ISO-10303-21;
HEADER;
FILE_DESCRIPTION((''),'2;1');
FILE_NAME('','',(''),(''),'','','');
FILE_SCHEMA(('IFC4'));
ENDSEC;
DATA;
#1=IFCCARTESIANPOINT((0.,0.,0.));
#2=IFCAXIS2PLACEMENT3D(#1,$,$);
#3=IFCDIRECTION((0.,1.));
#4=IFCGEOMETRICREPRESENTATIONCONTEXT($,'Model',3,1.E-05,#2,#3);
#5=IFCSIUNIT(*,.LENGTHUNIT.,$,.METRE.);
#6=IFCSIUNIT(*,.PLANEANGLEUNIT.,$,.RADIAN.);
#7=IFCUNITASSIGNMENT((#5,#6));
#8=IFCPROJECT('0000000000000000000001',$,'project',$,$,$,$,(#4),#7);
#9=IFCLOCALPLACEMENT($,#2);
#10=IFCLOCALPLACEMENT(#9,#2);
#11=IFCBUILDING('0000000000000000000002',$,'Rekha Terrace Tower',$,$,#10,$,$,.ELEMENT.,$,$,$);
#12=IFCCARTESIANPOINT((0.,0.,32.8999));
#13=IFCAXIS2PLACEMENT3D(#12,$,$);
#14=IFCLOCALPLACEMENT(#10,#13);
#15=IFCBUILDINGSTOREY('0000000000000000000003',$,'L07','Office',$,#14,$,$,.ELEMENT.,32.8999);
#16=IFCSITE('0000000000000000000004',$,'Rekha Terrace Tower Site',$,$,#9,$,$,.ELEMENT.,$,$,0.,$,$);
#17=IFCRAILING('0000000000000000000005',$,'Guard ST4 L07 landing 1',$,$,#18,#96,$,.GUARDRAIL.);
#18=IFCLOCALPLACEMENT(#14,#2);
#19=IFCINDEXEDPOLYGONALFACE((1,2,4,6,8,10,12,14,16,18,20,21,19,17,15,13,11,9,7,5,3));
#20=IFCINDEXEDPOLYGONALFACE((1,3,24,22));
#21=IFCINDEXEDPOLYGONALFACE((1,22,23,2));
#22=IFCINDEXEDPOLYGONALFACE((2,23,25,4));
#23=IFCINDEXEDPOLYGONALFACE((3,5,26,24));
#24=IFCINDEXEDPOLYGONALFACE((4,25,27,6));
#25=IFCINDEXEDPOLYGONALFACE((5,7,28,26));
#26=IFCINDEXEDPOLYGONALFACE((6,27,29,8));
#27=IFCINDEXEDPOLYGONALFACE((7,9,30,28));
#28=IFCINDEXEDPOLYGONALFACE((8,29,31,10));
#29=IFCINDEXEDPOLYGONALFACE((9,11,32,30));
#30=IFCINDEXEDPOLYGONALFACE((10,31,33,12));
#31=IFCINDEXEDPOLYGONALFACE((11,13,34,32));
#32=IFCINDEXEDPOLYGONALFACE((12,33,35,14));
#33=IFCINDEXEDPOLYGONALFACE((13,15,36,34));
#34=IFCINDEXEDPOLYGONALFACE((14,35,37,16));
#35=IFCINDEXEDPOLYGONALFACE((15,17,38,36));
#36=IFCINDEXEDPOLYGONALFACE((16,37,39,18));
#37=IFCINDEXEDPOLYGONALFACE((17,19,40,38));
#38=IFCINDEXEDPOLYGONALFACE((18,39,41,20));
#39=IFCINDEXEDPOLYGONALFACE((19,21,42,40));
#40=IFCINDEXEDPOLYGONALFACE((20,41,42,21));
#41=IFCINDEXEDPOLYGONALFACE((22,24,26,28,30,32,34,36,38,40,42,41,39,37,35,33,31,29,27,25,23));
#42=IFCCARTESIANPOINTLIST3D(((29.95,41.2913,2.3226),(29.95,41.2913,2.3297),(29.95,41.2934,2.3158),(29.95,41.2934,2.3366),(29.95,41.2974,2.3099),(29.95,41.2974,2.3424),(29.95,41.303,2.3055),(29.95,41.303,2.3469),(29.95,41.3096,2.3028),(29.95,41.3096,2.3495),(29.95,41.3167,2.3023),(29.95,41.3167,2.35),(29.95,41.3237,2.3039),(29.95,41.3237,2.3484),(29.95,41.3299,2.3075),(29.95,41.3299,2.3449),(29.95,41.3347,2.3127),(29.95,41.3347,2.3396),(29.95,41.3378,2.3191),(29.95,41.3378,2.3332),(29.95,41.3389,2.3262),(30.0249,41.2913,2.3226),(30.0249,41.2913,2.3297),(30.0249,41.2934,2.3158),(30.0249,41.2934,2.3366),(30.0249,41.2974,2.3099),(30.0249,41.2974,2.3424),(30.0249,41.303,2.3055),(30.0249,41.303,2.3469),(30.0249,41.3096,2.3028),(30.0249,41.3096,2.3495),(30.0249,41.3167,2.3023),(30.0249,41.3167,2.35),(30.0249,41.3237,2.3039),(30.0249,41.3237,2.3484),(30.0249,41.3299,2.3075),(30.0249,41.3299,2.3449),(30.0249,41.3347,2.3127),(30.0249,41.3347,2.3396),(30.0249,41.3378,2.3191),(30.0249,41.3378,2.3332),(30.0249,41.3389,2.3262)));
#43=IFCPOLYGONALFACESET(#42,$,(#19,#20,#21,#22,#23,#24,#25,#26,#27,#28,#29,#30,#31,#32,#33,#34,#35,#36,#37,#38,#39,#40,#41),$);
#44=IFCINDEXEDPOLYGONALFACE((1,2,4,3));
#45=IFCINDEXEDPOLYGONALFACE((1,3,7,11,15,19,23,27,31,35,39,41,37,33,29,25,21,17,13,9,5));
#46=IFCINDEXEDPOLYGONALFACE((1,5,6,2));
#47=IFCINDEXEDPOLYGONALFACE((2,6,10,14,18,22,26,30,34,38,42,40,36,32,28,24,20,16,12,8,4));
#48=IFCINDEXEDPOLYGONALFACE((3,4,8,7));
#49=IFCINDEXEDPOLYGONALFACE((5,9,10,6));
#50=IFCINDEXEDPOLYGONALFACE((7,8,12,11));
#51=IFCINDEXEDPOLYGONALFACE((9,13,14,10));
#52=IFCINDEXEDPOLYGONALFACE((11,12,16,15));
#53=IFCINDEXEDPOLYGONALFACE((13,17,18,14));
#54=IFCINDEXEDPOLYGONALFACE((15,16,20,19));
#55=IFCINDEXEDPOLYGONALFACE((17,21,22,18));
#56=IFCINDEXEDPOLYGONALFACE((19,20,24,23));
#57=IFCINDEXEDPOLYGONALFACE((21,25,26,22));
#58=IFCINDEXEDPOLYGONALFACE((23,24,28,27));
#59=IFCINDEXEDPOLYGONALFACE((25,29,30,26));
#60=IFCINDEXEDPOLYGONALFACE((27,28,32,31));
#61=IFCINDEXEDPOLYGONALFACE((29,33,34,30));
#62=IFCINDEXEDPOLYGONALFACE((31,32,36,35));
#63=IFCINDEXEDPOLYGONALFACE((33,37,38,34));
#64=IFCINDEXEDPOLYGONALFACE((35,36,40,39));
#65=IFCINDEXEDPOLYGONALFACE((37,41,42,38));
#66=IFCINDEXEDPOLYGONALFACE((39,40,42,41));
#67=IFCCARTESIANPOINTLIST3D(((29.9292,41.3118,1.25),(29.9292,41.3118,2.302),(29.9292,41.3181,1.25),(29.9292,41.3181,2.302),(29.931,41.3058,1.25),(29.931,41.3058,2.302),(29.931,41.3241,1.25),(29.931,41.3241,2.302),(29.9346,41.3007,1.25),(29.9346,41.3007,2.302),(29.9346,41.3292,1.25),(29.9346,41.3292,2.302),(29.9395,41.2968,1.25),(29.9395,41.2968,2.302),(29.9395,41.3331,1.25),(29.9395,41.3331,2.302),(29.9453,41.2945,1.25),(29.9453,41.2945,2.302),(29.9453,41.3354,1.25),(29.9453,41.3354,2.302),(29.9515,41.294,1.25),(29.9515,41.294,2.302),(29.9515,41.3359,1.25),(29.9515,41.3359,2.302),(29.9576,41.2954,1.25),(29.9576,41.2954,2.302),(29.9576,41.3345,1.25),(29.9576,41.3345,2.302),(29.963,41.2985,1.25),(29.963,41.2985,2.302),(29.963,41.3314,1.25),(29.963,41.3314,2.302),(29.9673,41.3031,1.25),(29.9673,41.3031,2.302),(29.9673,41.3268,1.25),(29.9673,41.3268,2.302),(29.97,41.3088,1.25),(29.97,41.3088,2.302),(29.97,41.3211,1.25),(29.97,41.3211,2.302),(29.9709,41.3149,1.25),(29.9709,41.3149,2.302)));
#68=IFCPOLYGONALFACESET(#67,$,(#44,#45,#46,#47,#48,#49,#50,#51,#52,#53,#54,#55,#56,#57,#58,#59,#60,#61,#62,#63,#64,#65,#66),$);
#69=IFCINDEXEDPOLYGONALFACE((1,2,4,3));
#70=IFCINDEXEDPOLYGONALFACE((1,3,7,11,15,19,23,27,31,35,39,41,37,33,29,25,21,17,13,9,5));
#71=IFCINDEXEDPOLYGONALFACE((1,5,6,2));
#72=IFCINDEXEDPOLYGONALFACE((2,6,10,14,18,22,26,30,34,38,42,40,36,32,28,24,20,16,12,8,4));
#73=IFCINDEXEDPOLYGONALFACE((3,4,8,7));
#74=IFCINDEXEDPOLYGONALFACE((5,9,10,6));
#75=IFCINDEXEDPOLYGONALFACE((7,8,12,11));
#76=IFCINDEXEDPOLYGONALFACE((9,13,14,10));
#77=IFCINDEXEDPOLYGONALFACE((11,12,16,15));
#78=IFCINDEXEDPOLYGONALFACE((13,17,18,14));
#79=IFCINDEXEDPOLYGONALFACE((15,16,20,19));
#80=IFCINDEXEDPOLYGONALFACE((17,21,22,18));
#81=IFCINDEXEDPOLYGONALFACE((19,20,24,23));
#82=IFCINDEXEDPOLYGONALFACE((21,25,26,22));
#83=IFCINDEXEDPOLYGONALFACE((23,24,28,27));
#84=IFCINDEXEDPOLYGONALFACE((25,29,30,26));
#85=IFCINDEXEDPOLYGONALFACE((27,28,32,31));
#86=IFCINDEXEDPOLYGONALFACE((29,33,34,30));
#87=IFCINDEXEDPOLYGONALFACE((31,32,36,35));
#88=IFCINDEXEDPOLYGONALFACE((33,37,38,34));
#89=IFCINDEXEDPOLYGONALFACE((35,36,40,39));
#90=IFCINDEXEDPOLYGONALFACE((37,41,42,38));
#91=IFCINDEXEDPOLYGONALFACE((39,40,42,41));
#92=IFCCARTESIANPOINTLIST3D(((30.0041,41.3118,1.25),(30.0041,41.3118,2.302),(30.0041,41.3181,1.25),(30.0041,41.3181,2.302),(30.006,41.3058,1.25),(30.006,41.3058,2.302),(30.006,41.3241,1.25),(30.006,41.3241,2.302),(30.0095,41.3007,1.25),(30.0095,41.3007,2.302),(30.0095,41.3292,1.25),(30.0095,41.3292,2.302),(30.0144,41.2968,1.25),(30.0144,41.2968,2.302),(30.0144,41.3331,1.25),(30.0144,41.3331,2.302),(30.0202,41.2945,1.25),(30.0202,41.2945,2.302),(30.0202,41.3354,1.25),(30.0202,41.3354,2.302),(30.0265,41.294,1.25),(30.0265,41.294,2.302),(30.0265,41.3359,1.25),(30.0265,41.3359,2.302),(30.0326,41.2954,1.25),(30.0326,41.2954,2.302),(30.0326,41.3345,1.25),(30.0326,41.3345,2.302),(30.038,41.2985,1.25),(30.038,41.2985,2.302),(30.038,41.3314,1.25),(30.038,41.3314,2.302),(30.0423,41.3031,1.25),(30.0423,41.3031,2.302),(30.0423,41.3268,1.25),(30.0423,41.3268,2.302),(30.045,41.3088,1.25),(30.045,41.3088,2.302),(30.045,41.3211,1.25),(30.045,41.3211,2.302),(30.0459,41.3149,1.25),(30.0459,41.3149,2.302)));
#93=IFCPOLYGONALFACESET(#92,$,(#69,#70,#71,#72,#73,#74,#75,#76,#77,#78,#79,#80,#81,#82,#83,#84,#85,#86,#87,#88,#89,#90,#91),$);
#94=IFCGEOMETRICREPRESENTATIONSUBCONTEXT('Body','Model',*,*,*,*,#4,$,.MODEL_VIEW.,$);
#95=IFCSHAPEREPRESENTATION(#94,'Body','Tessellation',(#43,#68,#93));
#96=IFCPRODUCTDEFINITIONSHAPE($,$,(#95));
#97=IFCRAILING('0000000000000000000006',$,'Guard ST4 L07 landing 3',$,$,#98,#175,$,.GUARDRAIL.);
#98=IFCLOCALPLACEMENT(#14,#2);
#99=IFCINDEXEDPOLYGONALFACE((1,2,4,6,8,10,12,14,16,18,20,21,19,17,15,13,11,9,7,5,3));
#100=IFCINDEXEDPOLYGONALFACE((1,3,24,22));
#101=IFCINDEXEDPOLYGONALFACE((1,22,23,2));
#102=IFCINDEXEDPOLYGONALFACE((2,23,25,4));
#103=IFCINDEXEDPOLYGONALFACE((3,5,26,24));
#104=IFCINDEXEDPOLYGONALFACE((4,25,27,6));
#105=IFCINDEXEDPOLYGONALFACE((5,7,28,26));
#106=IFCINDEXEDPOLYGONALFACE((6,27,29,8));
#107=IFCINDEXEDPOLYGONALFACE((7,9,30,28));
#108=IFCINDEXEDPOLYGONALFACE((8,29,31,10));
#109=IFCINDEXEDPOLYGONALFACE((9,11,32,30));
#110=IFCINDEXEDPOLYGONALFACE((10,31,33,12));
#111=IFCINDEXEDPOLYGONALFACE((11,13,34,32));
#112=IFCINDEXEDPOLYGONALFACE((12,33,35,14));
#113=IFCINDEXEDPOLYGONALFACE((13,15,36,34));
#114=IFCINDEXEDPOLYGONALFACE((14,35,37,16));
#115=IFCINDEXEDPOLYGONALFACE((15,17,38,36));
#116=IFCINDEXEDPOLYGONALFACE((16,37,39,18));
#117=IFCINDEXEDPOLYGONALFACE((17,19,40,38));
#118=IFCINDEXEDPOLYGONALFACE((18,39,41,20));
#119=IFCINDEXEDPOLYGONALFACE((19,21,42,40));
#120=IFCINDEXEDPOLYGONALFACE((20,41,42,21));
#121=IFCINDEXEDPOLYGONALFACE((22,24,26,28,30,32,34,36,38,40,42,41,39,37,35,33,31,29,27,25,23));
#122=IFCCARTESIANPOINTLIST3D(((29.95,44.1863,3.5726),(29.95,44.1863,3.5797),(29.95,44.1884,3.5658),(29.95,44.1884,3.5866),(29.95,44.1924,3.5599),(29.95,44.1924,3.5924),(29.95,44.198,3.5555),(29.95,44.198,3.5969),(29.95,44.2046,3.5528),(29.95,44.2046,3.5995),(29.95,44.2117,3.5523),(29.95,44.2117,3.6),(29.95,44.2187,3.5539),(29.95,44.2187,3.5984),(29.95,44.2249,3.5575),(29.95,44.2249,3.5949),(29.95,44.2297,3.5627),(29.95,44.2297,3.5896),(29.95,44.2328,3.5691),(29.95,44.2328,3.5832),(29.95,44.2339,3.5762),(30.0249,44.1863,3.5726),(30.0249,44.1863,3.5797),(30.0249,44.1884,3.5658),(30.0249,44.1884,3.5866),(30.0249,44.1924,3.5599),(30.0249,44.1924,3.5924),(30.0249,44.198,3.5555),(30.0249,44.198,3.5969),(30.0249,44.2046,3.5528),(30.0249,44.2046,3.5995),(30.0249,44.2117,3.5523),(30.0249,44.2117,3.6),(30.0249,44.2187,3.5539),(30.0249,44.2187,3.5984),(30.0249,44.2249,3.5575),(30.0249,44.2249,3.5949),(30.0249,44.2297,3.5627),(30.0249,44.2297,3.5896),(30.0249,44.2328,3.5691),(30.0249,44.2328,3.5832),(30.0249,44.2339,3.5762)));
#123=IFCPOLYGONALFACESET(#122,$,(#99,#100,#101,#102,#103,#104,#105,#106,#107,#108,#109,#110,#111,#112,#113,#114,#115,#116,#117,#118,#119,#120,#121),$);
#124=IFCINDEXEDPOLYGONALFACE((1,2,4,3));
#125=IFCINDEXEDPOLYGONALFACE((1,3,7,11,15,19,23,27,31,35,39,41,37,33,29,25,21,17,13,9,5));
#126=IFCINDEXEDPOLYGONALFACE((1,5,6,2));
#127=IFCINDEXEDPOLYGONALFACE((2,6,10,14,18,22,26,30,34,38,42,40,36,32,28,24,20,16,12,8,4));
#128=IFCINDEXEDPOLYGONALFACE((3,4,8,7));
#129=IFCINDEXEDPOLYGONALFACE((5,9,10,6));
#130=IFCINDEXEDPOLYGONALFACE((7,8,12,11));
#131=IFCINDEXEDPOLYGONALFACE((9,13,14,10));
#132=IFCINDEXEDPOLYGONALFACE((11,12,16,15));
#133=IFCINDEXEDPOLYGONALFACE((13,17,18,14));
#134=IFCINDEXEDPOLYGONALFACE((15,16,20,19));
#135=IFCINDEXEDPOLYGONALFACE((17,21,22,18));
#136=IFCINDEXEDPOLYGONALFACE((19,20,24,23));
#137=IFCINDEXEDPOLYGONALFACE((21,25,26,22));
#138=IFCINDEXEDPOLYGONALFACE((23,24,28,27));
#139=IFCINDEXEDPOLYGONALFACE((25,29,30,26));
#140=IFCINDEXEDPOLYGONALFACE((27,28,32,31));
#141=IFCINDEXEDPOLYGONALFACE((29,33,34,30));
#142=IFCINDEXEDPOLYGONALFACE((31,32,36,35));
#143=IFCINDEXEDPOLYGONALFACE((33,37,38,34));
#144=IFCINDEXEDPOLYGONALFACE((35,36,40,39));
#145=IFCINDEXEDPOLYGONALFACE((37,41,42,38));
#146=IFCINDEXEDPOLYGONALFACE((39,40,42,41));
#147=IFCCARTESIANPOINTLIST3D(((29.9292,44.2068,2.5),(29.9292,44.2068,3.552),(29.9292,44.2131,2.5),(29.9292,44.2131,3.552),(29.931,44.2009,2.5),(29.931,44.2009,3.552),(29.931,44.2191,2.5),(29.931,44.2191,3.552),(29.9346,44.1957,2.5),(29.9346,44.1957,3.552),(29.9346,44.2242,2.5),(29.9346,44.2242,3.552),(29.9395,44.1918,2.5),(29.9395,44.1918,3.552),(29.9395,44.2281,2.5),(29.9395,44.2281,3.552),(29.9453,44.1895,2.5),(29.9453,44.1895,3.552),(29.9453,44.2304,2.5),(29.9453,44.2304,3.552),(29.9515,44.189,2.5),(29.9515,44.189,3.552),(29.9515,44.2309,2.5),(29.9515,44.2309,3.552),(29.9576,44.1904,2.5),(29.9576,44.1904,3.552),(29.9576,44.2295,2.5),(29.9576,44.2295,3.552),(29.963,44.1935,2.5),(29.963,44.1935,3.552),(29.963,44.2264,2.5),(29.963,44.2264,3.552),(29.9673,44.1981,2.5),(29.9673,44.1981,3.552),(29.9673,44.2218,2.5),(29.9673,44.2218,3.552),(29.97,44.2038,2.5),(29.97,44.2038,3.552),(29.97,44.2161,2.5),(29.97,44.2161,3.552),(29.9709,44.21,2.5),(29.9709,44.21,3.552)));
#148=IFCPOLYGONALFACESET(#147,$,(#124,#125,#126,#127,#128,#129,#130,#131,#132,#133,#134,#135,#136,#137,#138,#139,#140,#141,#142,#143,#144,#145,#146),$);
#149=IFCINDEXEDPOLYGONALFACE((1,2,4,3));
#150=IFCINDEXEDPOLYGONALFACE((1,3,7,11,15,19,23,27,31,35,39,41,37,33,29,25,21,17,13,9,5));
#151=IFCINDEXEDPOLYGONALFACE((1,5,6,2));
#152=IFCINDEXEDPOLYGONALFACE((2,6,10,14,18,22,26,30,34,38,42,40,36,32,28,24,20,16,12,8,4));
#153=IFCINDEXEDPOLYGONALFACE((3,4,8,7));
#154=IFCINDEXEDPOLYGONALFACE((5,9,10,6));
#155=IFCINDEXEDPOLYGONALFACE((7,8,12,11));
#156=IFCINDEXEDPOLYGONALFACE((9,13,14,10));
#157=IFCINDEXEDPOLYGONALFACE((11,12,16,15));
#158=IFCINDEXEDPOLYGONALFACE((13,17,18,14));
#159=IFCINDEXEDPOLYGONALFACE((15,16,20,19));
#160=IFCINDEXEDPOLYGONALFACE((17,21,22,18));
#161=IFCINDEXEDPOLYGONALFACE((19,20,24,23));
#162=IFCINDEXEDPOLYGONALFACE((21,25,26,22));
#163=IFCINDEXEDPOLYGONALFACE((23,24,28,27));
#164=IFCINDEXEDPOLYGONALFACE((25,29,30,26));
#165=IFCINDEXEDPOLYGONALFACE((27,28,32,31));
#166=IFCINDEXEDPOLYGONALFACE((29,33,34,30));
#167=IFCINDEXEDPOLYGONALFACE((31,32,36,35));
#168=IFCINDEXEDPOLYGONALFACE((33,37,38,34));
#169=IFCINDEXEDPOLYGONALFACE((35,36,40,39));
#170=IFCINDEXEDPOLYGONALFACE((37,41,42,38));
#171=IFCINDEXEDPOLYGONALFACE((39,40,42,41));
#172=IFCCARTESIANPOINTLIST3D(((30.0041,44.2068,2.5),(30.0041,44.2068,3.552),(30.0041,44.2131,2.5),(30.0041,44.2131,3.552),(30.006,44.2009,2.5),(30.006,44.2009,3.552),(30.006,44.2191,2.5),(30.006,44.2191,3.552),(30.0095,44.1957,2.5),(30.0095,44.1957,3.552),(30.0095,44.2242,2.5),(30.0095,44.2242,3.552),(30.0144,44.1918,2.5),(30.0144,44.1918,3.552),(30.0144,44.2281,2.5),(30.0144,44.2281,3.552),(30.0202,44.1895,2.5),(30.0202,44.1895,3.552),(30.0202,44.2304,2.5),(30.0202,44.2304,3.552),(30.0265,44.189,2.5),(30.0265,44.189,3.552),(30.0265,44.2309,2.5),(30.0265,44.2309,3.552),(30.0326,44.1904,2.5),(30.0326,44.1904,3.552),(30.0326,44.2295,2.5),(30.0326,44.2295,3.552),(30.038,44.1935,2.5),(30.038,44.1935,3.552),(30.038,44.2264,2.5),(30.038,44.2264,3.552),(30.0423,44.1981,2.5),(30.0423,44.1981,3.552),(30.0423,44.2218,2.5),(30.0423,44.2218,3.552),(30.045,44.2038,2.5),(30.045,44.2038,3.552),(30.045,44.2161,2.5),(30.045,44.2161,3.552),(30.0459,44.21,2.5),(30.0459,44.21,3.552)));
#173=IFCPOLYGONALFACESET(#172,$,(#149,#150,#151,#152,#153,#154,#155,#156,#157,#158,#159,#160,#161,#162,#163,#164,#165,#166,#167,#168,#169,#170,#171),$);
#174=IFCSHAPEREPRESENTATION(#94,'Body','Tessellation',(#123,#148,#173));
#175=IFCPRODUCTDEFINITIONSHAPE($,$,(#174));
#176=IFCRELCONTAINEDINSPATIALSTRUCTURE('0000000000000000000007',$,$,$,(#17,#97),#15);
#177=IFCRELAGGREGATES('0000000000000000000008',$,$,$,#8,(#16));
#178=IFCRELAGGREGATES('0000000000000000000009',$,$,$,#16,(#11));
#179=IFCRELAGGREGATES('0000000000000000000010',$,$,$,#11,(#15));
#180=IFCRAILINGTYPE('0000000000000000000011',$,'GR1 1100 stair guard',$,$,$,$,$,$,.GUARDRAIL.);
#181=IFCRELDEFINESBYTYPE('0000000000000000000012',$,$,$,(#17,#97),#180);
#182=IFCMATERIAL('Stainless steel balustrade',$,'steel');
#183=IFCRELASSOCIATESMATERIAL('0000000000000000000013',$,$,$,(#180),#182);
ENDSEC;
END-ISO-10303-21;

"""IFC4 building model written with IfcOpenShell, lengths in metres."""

from ifc_helpers import new_model, si_unit, direction, frame, origin, origin_2d, place, context, subcontext, project, spatial, circle, extrude, material, type_object, element, save


model = new_model("IFC4")

# Units and contexts
model_context = context("Model", 3, precision=1e-05, world=origin(), true_north=direction((0.0, 1.0)))
body_context = subcontext(model_context, "Body", "Model", "MODEL_VIEW")
ifc_project = project(units=[si_unit("LENGTHUNIT", "METRE"), si_unit("PLANEANGLEUNIT", "RADIAN")], contexts=[model_context])

# Site, building, storey
site_placement = place(None, origin())
site = spatial("IfcSite", under=ifc_project, at=site_placement, Name="Rekha Terrace Tower Site", CompositionType="ELEMENT", RefElevation=0.0)
building_placement = place(site_placement, origin())
building = spatial("IfcBuilding", under=site, at=building_placement, Name="Rekha Terrace Tower", CompositionType="ELEMENT")
storey_placement = place(building_placement, frame((0.0, 0.0, 32.8999)))
storey = spatial("IfcBuildingStorey", under=building, at=storey_placement, Name="L07", Description="Office", CompositionType="ELEMENT", Elevation=32.8999)

# Railings
ifc_material_1 = material(Name="Stainless steel balustrade", Category="steel")
railing_type_1 = type_object("IfcRailingType", Name="GR1 1100 stair guard", PredefinedType="GUARDRAIL", material=ifc_material_1)
for number, where, name in (
    (1, (29.95, 41.3149, 1.25), "Guard ST4 L07 landing 1"),
    (2, (29.95, 44.21, 2.5), "Guard ST4 L07 landing 3"),
):
    element("IfcRailing", number, at=place(storey_placement, frame(where)), inside=storey, type_object=railing_type_1, Name=name, PredefinedType="GUARDRAIL", context=body_context, shape_type="SweptSolid", body=[
        extrude(circle(Radius=0.0239, at=origin_2d()), frame((0.0, 0.0, 1.0762), z_axis=(1.0, 0.0, 0.0), x_axis=(0.0, 1.0, 0.0)), (0.0, 0.0, 1.0), 0.075),
        extrude(circle(Radius=0.021, at=origin_2d()), origin(), (0.0, 0.0, 1.0), 1.052),
        extrude(circle(Radius=0.021, at=origin_2d()), frame((0.075, 0.0, 0.0)), (0.0, 0.0, 1.0), 1.052),
    ])

save(model, "model.ifc")
